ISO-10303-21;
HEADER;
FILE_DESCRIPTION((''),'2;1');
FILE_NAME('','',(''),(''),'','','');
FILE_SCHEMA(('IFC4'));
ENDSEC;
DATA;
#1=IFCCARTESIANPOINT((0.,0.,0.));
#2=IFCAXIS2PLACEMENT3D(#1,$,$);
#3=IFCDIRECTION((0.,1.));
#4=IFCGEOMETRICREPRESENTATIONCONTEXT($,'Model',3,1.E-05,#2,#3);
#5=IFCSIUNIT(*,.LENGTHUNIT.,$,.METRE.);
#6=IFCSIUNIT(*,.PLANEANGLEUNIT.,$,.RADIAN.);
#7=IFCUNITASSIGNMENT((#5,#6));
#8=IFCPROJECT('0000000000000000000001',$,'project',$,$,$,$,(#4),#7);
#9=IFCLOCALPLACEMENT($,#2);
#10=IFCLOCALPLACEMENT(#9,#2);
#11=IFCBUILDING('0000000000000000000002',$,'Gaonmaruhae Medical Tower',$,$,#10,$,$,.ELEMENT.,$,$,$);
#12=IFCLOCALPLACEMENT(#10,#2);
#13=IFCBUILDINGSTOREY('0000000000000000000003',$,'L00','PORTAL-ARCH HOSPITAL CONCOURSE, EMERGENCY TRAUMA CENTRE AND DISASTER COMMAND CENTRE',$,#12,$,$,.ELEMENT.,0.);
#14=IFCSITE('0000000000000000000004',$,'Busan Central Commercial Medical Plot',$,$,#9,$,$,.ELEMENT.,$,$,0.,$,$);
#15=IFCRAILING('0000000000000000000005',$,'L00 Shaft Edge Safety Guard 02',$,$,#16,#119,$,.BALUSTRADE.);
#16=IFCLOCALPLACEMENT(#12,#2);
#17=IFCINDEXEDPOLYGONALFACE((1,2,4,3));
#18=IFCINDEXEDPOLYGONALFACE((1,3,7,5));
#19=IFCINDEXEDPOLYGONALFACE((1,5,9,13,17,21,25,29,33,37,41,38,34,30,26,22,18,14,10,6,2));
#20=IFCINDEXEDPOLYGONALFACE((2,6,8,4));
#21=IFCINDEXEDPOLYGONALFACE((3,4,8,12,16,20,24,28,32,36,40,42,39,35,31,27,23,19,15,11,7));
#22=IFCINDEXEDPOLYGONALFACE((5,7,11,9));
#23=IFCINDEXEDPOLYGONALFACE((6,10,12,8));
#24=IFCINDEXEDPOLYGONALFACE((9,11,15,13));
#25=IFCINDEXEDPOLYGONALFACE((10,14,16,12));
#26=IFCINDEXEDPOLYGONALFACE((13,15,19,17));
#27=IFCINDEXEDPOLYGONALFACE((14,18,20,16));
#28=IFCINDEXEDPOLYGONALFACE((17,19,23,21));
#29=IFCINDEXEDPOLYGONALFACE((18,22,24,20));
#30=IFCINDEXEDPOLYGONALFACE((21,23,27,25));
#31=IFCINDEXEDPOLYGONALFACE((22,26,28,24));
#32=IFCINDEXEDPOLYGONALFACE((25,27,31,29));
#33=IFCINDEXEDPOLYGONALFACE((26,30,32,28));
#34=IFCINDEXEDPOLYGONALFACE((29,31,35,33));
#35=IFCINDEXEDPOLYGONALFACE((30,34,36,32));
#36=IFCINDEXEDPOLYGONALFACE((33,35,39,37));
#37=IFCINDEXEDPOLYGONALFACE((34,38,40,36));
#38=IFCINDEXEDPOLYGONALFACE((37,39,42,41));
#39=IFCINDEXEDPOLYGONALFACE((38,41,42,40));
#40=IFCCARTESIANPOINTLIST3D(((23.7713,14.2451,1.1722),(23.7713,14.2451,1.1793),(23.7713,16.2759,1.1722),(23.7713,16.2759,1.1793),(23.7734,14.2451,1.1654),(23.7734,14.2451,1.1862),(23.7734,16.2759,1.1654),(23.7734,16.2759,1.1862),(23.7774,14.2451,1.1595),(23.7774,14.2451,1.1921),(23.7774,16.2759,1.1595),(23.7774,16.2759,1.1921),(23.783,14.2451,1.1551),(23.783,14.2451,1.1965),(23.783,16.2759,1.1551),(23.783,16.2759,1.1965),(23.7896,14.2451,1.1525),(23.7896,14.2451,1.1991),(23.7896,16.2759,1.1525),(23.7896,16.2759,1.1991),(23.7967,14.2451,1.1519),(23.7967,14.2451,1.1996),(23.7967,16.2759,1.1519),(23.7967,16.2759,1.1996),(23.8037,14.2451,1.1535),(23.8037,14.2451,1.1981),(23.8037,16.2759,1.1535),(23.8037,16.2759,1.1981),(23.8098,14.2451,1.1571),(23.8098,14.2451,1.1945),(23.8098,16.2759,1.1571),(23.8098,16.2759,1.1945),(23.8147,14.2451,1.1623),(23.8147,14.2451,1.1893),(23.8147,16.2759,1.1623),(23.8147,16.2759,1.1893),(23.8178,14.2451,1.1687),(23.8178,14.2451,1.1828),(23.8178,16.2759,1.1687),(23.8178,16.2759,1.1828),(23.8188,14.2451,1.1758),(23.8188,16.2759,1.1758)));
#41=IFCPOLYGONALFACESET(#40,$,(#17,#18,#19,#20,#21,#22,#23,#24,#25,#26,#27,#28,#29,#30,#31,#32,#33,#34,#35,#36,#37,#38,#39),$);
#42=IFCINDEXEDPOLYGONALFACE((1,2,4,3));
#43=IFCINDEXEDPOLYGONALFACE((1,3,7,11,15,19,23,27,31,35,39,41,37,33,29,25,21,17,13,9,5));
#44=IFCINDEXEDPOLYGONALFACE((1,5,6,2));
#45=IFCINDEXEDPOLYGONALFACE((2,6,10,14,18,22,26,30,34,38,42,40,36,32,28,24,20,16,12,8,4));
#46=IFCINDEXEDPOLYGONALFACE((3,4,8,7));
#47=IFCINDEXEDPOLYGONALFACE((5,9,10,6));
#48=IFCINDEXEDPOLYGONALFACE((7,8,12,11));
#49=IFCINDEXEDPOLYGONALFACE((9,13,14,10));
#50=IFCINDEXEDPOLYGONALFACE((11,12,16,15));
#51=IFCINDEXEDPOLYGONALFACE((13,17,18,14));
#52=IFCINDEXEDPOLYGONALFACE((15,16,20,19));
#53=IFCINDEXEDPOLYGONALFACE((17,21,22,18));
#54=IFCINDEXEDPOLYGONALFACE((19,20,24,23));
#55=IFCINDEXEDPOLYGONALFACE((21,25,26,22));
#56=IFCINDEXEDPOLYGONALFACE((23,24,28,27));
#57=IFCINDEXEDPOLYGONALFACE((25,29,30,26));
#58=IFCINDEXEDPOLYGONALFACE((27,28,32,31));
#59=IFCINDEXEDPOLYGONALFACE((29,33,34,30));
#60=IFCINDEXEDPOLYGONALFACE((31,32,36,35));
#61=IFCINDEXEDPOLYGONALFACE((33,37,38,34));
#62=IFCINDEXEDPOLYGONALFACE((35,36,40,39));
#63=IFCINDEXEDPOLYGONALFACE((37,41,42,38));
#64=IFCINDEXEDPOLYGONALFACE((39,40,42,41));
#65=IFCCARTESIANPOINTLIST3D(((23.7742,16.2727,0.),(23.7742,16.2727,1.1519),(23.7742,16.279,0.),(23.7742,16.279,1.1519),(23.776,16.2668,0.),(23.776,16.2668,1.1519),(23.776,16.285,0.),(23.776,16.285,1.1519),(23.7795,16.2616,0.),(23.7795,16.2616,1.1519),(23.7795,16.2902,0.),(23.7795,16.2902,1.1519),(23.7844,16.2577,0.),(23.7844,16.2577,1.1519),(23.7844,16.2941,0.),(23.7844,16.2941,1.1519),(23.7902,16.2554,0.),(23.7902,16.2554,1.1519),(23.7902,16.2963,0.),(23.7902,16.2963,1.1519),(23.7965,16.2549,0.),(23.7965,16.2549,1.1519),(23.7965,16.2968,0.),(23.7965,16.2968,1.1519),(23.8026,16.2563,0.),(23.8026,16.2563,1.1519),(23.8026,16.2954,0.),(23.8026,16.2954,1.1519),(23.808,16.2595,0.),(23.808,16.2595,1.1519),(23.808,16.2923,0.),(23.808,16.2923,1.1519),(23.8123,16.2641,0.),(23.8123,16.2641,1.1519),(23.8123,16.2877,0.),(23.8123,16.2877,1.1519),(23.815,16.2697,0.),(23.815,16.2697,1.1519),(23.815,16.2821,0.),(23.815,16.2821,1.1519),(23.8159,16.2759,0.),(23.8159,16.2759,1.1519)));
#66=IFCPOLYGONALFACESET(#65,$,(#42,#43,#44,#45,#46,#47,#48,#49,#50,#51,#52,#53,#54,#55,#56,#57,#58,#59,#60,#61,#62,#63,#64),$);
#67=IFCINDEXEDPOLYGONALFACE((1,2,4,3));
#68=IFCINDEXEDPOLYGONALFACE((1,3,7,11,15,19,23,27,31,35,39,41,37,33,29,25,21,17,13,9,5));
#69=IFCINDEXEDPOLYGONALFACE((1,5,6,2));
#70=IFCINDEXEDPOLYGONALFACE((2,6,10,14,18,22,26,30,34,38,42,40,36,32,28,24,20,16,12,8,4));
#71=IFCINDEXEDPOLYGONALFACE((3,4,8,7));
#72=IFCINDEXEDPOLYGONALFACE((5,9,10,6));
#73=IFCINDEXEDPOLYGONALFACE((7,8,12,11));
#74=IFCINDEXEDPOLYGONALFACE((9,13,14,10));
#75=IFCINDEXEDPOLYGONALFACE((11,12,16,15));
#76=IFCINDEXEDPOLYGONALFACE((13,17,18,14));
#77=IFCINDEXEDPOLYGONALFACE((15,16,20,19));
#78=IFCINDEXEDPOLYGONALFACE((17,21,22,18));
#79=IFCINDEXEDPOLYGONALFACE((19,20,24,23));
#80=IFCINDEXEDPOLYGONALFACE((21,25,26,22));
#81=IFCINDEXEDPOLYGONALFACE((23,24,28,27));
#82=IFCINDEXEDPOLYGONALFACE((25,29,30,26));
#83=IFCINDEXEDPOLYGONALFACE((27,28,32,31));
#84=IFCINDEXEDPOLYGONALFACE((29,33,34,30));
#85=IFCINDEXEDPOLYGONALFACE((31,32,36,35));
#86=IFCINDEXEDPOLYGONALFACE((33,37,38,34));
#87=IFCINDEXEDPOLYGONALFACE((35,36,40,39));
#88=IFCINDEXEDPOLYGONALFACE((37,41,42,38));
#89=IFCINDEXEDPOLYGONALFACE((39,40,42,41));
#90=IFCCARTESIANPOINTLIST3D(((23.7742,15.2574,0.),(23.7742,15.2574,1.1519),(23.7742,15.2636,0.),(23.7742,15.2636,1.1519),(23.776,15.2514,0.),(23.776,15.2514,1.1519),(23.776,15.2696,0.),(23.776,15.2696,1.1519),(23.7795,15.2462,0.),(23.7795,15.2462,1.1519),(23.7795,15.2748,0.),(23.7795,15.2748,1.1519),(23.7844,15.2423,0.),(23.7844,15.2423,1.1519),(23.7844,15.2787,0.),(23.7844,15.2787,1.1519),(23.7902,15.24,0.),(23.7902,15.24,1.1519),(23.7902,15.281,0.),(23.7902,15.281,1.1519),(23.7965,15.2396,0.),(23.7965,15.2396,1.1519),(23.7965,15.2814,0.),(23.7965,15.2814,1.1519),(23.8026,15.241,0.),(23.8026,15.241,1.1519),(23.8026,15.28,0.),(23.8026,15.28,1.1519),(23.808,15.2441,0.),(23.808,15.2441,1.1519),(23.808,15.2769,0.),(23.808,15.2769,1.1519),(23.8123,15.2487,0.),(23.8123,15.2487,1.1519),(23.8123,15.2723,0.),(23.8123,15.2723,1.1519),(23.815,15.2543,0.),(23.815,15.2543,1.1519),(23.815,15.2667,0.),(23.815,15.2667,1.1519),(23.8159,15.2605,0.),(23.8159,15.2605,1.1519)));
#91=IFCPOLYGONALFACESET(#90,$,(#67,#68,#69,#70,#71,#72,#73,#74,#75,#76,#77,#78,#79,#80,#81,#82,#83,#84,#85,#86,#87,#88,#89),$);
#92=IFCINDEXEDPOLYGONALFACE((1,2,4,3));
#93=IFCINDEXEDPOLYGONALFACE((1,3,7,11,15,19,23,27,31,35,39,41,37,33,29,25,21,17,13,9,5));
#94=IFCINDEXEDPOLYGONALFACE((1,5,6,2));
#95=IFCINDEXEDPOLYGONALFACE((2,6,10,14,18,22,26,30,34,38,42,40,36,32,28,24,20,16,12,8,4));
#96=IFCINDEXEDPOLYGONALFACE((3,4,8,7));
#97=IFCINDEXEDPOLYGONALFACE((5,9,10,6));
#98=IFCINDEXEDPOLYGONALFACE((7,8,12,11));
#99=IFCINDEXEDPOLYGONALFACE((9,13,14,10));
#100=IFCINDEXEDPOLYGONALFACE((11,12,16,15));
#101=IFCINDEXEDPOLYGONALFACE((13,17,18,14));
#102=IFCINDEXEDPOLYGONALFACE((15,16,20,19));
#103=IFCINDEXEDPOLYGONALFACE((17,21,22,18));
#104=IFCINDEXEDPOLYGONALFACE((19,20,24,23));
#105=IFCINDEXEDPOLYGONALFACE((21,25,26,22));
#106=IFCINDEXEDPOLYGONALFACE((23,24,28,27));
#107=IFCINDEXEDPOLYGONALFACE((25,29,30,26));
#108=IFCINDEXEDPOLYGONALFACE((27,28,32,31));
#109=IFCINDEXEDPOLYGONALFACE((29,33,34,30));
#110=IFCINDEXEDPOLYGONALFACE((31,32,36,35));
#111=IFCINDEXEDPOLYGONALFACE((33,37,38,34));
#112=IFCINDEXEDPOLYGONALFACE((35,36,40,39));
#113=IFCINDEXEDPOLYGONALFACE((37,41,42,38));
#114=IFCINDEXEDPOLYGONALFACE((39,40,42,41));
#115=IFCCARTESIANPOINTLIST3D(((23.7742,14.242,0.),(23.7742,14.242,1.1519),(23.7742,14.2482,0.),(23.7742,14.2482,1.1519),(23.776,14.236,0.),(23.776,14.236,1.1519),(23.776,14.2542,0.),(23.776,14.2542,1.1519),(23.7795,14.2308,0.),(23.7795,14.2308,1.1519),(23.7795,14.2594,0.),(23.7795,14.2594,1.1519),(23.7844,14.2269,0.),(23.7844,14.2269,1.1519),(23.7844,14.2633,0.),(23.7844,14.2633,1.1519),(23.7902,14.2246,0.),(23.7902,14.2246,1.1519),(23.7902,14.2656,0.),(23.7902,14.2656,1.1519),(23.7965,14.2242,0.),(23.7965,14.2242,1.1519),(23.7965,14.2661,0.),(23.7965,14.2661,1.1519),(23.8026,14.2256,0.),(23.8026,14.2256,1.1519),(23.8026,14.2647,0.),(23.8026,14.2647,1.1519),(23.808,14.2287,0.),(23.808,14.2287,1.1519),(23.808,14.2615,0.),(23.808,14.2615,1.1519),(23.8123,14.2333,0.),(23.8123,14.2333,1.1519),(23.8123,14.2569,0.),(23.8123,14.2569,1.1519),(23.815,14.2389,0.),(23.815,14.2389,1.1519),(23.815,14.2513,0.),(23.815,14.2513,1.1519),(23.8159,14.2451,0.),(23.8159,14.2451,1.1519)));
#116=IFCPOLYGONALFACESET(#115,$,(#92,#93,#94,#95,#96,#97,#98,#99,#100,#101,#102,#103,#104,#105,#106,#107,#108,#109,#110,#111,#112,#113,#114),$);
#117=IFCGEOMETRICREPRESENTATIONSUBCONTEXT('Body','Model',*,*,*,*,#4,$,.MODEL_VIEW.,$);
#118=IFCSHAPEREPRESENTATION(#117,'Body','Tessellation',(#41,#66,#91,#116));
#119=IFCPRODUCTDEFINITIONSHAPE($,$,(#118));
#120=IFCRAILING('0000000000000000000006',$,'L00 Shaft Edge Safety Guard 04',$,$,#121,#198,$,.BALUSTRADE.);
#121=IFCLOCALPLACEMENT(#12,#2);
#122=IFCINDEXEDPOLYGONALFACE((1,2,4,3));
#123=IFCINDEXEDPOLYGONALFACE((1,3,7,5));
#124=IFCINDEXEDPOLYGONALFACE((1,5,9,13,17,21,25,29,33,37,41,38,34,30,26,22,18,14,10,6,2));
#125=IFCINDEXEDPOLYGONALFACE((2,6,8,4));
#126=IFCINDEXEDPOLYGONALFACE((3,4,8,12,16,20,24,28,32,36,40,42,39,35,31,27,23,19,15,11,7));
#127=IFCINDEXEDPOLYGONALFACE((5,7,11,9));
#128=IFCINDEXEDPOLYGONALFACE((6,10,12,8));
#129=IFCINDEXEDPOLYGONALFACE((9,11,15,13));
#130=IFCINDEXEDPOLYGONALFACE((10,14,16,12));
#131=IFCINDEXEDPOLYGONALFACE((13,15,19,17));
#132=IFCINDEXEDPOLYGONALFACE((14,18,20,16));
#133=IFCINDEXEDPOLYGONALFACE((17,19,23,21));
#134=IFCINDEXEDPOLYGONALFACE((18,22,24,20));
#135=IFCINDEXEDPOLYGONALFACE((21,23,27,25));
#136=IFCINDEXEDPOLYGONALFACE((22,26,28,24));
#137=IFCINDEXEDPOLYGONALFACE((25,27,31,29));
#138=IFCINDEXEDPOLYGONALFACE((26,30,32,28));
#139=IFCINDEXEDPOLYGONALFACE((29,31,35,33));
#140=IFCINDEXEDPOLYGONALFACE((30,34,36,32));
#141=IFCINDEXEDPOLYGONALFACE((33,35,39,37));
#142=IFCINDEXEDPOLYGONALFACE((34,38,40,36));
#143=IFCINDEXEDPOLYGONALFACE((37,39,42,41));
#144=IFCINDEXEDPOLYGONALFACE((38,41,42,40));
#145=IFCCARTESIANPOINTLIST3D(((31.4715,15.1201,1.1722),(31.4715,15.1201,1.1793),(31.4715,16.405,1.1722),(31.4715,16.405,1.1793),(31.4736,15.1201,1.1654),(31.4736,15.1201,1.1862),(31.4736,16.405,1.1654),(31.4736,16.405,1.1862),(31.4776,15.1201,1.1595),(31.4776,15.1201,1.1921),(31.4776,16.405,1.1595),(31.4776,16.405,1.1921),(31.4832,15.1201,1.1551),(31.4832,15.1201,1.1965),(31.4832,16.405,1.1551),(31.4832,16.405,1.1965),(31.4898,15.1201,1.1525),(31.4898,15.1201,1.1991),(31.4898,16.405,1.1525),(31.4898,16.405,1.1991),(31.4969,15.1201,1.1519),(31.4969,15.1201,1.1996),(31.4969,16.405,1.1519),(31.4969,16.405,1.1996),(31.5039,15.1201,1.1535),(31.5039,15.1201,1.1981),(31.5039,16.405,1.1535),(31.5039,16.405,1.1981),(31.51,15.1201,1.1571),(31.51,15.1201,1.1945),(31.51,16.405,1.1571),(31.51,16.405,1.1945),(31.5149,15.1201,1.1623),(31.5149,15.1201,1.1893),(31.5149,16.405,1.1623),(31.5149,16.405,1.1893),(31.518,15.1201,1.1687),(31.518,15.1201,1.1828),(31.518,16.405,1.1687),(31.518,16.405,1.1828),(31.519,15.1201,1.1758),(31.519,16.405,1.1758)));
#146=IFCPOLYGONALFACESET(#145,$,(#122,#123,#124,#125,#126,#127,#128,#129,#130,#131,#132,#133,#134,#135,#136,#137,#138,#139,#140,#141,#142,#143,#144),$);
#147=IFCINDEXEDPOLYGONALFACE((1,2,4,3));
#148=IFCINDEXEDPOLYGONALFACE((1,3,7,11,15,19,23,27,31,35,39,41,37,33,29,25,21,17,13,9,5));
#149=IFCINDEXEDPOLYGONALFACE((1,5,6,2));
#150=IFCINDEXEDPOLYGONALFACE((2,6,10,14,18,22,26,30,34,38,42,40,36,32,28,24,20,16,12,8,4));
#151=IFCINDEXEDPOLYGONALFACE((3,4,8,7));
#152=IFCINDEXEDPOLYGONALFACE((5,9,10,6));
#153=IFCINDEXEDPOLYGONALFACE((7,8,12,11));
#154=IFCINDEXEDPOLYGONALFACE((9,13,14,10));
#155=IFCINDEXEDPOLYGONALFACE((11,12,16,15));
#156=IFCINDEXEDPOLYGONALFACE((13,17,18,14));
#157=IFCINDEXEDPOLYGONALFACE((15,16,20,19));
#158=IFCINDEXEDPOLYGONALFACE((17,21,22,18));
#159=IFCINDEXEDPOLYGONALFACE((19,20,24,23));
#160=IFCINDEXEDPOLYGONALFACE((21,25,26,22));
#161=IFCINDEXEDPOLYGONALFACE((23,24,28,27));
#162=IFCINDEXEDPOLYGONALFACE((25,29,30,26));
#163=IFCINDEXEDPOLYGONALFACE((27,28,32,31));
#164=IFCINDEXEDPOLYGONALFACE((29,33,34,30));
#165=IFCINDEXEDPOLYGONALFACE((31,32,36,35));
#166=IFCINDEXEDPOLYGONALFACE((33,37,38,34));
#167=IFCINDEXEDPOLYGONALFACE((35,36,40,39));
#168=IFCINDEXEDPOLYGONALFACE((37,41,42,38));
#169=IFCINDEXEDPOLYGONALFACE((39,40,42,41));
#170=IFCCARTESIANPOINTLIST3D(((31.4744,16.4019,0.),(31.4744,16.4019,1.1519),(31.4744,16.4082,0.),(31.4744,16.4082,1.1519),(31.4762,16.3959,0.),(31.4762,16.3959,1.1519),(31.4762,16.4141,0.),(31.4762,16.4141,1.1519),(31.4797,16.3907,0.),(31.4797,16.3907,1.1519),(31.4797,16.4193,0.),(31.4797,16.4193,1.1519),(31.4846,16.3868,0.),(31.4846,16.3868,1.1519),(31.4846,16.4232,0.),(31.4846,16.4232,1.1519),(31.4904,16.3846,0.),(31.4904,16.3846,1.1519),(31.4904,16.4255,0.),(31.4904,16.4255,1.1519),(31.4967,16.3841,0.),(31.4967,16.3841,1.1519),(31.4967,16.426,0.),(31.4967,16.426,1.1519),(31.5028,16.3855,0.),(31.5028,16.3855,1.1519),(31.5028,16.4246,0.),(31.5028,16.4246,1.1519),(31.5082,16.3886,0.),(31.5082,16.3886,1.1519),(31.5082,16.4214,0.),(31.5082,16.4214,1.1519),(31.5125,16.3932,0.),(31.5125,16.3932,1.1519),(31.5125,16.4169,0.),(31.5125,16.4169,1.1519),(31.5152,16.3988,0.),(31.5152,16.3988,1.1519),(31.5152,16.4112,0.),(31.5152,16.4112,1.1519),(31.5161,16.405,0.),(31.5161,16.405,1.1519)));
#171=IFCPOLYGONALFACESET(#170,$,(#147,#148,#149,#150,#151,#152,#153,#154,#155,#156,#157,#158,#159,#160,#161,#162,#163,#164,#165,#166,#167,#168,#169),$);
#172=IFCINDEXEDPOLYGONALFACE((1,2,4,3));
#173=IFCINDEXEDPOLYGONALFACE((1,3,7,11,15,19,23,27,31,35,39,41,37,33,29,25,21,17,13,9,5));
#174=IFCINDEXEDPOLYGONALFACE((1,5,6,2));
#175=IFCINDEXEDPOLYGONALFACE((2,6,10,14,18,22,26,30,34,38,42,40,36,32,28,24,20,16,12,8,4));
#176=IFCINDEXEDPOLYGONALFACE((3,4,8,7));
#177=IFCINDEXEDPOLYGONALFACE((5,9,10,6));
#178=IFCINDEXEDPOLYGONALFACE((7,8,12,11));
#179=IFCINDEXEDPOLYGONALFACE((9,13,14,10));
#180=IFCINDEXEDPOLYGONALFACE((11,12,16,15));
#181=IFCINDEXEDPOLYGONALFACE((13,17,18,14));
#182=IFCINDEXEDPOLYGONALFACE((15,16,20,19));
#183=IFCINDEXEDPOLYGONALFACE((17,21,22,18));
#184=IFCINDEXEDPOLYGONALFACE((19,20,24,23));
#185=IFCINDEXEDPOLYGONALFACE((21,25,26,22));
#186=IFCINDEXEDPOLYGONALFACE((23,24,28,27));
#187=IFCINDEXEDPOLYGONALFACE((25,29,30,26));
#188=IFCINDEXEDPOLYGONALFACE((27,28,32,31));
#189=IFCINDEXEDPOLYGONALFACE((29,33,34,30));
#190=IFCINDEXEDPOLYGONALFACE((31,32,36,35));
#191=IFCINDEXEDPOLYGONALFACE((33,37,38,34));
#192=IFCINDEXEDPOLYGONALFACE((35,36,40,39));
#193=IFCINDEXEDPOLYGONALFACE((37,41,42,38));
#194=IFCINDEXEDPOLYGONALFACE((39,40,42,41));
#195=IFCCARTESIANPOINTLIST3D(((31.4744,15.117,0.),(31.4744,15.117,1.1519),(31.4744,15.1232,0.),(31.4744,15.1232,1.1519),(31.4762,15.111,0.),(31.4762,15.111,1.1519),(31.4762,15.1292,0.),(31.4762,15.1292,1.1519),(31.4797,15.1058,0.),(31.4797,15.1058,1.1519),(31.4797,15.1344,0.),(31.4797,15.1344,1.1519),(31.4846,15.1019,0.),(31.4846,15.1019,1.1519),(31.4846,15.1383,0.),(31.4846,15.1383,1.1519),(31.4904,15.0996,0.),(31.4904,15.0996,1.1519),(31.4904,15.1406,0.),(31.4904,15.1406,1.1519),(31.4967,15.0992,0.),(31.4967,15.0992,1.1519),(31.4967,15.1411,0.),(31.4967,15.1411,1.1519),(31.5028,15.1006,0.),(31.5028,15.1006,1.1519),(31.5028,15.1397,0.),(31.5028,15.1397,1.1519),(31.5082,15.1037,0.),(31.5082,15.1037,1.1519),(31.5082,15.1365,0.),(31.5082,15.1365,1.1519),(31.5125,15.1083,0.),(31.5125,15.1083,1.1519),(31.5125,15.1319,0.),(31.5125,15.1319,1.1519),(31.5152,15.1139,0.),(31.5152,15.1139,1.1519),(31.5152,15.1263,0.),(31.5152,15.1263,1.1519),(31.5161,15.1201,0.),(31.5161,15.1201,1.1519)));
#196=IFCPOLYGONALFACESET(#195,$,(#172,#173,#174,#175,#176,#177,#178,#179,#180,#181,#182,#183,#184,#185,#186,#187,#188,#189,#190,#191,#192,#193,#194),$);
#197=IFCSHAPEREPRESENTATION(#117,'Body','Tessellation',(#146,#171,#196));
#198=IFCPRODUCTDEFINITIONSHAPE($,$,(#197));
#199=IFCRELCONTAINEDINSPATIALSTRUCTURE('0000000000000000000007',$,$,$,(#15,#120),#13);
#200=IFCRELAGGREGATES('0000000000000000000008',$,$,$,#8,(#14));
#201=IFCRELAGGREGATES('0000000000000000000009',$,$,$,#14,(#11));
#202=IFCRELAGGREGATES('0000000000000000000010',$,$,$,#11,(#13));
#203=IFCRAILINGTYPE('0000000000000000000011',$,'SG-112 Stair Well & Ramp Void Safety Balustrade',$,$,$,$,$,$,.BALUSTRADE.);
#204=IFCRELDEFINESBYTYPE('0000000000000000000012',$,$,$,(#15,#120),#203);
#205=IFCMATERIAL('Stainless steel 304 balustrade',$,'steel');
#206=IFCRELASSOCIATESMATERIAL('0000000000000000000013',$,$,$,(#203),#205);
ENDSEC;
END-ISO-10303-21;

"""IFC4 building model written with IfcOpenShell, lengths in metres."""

from ifc_helpers import new_model, si_unit, direction, frame, origin, origin_2d, place, context, subcontext, project, spatial, circle, extrude, material, type_object, element, save


model = new_model("IFC4")

# Units and contexts
model_context = context("Model", 3, precision=1e-05, world=origin(), true_north=direction((0.0, 1.0)))
body_context = subcontext(model_context, "Body", "Model", "MODEL_VIEW")
ifc_project = project(units=[si_unit("LENGTHUNIT", "METRE"), si_unit("PLANEANGLEUNIT", "RADIAN")], contexts=[model_context])

# Site, building, storey
site_placement = place(None, origin())
site = spatial("IfcSite", under=ifc_project, at=site_placement, Name="Busan Central Commercial Medical Plot", CompositionType="ELEMENT", RefElevation=0.0)
building_placement = place(site_placement, origin())
building = spatial("IfcBuilding", under=site, at=building_placement, Name="Gaonmaruhae Medical Tower", CompositionType="ELEMENT")
storey_placement = place(building_placement, origin())
storey = spatial("IfcBuildingStorey", under=building, at=storey_placement, Name="L00", Description="PORTAL-ARCH HOSPITAL CONCOURSE, EMERGENCY TRAUMA CENTRE AND DISASTER COMMAND CENTRE", CompositionType="ELEMENT", Elevation=0.0)

# Railings
ifc_material_1 = material(Name="Stainless steel 304 balustrade", Category="steel")
railing_type = type_object("IfcRailingType", Name="SG-112 Stair Well & Ramp Void Safety Balustrade", PredefinedType="BALUSTRADE", material=ifc_material_1)
railing_1_placement = place(storey_placement, frame((23.7949, 16.2759, 0.0)))
element("IfcRailing", 1, at=railing_1_placement, inside=storey, type_object=railing_type, Name="L00 Shaft Edge Safety Guard 02", PredefinedType="BALUSTRADE", context=body_context, shape_type="SweptSolid", body=[
    extrude(circle(Radius=0.0239, at=origin_2d()), frame((0.0, 0.0, 1.1758), z_axis=(0.0, -1.0, 0.0), x_axis=(1.0, 0.0, 0.0)), (0.0, 0.0, 1.0), 2.0308),
    extrude(circle(Radius=0.021, at=origin_2d()), origin(), (0.0, 0.0, 1.0), 1.1519),
    extrude(circle(Radius=0.021, at=origin_2d()), frame((0.0, -1.0154, 0.0)), (0.0, 0.0, 1.0), 1.1519),
    extrude(circle(Radius=0.021, at=origin_2d()), frame((0.0, -2.0308, 0.0)), (0.0, 0.0, 1.0), 1.1519),
])
railing_2_placement = place(storey_placement, frame((31.4951, 16.405, 0.0)))
element("IfcRailing", 2, at=railing_2_placement, inside=storey, type_object=railing_type, Name="L00 Shaft Edge Safety Guard 04", PredefinedType="BALUSTRADE", context=body_context, shape_type="SweptSolid", body=[
    extrude(circle(Radius=0.0239, at=origin_2d()), frame((0.0, 0.0, 1.1758), z_axis=(0.0, -1.0, 0.0), x_axis=(1.0, 0.0, 0.0)), (0.0, 0.0, 1.0), 1.2849),
    extrude(circle(Radius=0.021, at=origin_2d()), origin(), (0.0, 0.0, 1.0), 1.1519),
    extrude(circle(Radius=0.021, at=origin_2d()), frame((0.0, -1.2849, 0.0)), (0.0, 0.0, 1.0), 1.1519),
])

save(model, "model.ifc")
